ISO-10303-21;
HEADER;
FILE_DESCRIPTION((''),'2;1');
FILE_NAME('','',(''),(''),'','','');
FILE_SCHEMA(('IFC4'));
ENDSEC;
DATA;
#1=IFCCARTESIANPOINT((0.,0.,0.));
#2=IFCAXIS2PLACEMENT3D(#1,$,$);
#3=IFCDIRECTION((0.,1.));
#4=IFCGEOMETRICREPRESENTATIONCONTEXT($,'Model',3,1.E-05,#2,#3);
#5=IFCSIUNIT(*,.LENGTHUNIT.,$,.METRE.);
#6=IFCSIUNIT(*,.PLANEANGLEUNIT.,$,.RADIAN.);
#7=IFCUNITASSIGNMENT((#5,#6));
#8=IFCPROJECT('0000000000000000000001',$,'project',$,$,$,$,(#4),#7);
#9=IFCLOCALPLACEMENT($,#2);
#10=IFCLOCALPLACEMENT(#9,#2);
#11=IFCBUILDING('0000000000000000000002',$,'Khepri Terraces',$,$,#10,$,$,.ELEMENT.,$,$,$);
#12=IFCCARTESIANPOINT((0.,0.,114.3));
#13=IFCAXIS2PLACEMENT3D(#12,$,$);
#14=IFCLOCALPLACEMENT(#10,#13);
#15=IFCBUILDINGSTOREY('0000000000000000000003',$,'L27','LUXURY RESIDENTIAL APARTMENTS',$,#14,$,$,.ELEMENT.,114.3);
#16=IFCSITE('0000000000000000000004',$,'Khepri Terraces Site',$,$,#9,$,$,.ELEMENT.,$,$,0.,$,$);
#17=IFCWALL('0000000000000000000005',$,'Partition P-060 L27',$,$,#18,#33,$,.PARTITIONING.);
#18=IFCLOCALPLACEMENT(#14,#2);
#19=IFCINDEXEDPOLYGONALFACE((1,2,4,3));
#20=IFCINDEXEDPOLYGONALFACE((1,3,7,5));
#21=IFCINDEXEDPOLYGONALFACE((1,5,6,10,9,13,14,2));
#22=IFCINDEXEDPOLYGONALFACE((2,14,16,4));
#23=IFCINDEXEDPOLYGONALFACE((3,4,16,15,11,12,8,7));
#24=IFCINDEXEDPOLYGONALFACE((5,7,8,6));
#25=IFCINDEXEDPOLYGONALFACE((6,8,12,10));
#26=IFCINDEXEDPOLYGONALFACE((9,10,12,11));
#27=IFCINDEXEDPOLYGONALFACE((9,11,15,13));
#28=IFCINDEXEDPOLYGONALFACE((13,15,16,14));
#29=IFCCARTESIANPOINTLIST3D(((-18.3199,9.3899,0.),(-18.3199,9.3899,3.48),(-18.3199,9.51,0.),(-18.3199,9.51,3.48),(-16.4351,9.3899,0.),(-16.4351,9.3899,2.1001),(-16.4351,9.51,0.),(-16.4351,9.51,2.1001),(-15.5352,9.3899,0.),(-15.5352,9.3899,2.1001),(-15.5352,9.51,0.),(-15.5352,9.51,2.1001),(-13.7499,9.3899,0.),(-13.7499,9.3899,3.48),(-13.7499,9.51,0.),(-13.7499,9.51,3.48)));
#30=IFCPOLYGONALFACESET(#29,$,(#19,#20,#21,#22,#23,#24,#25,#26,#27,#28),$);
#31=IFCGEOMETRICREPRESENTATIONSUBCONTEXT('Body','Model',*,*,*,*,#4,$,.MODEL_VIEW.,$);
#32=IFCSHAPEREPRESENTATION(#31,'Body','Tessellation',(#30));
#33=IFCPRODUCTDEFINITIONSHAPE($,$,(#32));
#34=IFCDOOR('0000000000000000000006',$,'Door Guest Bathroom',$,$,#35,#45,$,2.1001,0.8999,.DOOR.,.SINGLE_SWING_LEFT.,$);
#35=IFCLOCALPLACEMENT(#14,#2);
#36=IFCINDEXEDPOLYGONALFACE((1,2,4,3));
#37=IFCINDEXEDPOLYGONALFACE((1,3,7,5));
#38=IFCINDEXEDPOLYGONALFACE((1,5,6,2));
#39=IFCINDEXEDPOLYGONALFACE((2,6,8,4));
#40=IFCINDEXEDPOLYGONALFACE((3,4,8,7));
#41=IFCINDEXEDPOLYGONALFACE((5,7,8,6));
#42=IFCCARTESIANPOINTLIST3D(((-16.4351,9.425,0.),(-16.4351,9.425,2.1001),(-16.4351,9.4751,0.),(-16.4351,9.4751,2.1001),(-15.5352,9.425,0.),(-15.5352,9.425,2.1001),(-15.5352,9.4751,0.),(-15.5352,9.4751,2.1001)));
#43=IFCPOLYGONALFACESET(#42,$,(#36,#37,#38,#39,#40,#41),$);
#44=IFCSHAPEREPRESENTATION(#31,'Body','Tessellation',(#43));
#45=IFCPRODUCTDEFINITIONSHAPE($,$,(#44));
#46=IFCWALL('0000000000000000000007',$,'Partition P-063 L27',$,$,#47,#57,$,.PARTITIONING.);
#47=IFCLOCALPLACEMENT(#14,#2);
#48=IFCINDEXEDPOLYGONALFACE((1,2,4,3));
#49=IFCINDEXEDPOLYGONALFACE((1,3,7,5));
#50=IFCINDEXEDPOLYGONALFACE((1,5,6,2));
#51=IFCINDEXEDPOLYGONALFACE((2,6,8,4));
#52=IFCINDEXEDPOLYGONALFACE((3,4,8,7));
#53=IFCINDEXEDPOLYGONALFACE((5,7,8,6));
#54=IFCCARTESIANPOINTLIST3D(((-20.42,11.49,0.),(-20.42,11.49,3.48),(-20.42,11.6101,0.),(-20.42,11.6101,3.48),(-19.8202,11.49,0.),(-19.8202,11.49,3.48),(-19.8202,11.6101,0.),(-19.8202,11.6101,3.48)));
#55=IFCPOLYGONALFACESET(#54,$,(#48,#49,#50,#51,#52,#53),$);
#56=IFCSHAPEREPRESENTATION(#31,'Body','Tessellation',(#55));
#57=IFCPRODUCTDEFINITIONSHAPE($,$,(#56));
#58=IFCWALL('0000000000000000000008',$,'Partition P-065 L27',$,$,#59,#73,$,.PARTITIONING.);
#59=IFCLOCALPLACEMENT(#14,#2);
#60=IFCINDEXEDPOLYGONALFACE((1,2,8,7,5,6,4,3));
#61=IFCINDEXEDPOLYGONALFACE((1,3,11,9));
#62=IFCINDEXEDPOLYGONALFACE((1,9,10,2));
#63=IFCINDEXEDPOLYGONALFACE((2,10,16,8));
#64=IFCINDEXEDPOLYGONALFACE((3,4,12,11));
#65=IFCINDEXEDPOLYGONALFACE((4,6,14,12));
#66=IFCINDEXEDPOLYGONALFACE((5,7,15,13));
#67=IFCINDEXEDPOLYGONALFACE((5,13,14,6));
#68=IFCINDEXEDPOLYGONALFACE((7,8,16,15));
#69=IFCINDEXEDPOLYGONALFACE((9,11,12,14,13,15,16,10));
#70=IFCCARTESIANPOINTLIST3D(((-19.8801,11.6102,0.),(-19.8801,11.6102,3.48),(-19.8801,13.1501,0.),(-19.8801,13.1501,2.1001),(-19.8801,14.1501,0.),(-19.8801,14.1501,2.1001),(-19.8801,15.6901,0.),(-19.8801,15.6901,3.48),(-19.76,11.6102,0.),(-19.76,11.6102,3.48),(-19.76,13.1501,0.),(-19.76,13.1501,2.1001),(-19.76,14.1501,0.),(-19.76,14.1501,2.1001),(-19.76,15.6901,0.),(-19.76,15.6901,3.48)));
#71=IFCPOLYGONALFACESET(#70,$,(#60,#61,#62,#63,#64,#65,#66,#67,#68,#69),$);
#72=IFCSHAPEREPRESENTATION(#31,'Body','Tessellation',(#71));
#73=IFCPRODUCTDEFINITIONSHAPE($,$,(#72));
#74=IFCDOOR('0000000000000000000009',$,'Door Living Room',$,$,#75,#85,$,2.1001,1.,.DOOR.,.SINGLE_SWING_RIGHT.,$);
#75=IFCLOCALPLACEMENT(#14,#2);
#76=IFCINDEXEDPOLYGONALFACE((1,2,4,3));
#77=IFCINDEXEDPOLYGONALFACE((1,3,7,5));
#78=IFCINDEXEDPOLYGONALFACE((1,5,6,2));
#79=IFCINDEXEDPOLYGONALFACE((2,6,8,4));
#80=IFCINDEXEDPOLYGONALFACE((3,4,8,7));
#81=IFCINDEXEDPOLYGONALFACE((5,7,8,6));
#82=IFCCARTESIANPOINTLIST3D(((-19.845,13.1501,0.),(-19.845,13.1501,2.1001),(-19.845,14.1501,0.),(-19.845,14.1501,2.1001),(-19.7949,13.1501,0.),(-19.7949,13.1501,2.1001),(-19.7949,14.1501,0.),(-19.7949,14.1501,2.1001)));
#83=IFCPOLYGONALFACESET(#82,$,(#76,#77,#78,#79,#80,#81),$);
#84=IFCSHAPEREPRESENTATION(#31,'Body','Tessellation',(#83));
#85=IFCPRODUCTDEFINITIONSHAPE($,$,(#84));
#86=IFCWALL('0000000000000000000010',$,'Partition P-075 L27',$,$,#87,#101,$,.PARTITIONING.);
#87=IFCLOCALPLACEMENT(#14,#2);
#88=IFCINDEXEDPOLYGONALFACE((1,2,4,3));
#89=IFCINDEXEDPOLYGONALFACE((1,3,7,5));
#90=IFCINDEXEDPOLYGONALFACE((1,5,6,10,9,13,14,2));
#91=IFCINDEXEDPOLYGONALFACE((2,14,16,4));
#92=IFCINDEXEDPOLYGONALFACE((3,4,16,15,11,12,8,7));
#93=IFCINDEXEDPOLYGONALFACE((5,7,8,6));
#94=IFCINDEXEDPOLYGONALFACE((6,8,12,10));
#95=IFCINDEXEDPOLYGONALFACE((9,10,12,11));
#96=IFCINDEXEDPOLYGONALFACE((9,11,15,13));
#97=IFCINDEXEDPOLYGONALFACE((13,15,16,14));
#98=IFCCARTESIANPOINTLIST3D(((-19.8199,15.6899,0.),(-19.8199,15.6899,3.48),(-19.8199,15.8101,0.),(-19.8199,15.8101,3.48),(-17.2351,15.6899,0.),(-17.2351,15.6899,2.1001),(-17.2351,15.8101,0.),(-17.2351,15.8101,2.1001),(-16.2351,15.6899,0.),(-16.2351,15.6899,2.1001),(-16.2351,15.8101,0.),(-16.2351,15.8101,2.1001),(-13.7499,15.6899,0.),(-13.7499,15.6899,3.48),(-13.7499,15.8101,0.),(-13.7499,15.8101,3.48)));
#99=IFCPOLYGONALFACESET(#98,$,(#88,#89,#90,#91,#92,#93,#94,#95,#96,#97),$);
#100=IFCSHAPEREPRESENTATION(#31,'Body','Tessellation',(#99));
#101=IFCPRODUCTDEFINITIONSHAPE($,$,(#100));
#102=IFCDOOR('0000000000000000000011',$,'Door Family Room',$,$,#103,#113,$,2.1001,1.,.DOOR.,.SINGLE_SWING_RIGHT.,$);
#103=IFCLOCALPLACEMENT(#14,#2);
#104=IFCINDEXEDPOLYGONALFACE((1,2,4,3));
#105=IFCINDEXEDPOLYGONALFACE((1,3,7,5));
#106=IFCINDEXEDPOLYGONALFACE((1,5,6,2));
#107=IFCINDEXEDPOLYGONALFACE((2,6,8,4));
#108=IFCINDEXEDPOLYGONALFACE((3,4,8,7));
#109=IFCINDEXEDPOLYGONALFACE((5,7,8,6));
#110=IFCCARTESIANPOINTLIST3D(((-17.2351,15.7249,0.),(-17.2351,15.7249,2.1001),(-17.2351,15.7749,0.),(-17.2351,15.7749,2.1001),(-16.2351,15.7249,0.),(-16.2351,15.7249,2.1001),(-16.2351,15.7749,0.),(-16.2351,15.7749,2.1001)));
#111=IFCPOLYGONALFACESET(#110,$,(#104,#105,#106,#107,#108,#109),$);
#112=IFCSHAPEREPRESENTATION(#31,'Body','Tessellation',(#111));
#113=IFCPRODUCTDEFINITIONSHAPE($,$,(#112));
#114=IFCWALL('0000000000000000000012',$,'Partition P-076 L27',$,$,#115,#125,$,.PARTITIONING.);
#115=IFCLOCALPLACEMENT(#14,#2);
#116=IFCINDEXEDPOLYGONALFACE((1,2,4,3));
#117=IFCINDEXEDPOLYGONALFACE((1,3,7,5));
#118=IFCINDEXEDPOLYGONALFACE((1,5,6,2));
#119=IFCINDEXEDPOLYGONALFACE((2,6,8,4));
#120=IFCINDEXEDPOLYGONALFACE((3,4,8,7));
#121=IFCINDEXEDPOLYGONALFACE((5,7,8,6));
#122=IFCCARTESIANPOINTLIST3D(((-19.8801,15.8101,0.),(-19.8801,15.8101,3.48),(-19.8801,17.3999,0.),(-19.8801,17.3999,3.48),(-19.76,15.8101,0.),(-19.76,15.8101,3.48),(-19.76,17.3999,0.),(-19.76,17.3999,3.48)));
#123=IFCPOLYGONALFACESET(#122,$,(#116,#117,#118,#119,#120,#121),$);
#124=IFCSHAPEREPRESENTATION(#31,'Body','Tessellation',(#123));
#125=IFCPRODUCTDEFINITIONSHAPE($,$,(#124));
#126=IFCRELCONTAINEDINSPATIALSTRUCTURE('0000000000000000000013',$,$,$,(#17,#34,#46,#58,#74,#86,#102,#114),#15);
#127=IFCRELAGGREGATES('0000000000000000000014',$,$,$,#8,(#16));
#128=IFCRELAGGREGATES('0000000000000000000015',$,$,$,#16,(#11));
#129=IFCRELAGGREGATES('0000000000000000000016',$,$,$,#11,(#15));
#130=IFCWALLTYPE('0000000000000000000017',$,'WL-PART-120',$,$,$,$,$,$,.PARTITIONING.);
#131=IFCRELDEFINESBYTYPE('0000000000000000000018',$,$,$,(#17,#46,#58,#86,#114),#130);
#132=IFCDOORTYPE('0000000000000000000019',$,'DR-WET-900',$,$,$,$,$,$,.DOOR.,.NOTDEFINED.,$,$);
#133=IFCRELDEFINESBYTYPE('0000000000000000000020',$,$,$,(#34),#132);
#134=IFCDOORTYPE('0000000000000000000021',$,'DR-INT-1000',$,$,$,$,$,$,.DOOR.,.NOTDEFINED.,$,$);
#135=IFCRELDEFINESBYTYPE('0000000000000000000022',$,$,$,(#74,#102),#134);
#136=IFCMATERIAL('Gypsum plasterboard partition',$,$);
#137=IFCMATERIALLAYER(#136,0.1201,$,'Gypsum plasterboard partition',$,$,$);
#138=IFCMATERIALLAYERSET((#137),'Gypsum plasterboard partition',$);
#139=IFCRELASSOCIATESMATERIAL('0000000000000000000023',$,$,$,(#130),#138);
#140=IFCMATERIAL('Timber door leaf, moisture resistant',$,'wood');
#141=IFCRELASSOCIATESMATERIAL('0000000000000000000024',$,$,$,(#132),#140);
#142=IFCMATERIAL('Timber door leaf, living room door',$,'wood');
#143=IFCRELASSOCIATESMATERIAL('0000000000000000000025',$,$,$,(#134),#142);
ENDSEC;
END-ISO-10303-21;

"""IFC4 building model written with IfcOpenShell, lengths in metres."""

from ifc_helpers import new_model, si_unit, direction, frame, frame_2d, origin, place, context, subcontext, project, spatial, rectangle, extrude, material, layer, layer_set, type_object, element, fill, save


model = new_model("IFC4")

# Units and contexts
model_context = context("Model", 3, precision=1e-05, world=origin(), true_north=direction((0.0, 1.0)))
body_context = subcontext(model_context, "Body", "Model", "MODEL_VIEW")
ifc_project = project(units=[si_unit("LENGTHUNIT", "METRE"), si_unit("PLANEANGLEUNIT", "RADIAN")], contexts=[model_context])

# Site, building, storey
site_placement = place(None, origin())
site = spatial("IfcSite", under=ifc_project, at=site_placement, Name="Khepri Terraces Site", CompositionType="ELEMENT", RefElevation=0.0)
building_placement = place(site_placement, origin())
building = spatial("IfcBuilding", under=site, at=building_placement, Name="Khepri Terraces", CompositionType="ELEMENT")
storey_placement = place(building_placement, frame((0.0, 0.0, 114.3)))
storey = spatial("IfcBuildingStorey", under=building, at=storey_placement, Name="L27", Description="LUXURY RESIDENTIAL APARTMENTS", CompositionType="ELEMENT", Elevation=114.3)

# Shared definitions
ifc_material_1 = material(Name="Gypsum plasterboard partition")
ifc_layer_1 = layer(ifc_material_1, 0.1201, Name="Gypsum plasterboard partition")
ifc_layer_set_1 = layer_set([ifc_layer_1], Name="Gypsum plasterboard partition")
wall_type_1 = type_object("IfcWallType", Name="WL-PART-120", PredefinedType="PARTITIONING", material=ifc_layer_set_1)

# Wall, opening, door
wall_1_placement = place(storey_placement, frame((-18.3201, 9.45, 0.0), z_axis=(0.0, 0.0, 1.0), x_axis=(1.0, 0.0, 0.0)))
wall_1 = element("IfcWall", 1, at=wall_1_placement, inside=storey, type_object=wall_type_1, Name="Partition P-060 L27", PredefinedType="PARTITIONING", context=body_context, shape_type="SweptSolid", body=[
    extrude(rectangle(XDim=4.5701, YDim=0.1201, at=frame_2d((2.2852, 0.0))), origin(), (0.0, 0.0, 1.0), 3.48),
])
opening_1_placement = place(wall_1_placement, frame((1.885, 0.0, 0.0)))
opening_1 = element("IfcOpeningElement", 2, at=opening_1_placement, cuts=wall_1, PredefinedType="OPENING", context=body_context, shape_type="SweptSolid", body=[
    extrude(rectangle(XDim=0.8999, YDim=2.1001, at=frame_2d((0.45, 1.05))), frame((0.0, 0.0701, 0.0), z_axis=(0.0, -1.0, 0.0), x_axis=(1.0, 0.0, 0.0)), (0.0, 0.0, 1.0), 0.1401),
])
ifc_material_2 = material(Name="Timber door leaf, moisture resistant", Category="wood")
door_type_1 = type_object("IfcDoorType", Name="DR-WET-900", OperationType="NOTDEFINED", PredefinedType="DOOR", material=ifc_material_2)
door_1_placement = place(opening_1_placement, frame((0.8999, 0.0, 0.0), z_axis=(0.0, 0.0, 1.0), x_axis=(-1.0, 0.0, 0.0)))
door_1 = element("IfcDoor", 3, at=door_1_placement, inside=storey, type_object=door_type_1, Name="Door Guest Bathroom", OperationType="SINGLE_SWING_LEFT", OverallHeight=2.1001, OverallWidth=0.8999, PredefinedType="DOOR", context=body_context, shape_type="SweptSolid", body=[
    extrude(rectangle(XDim=0.8999, YDim=2.1001, at=frame_2d((0.45, 1.05))), frame((0.0, 0.0249, 0.0), z_axis=(0.0, -1.0, 0.0), x_axis=(1.0, 0.0, 0.0)), (0.0, 0.0, 1.0), 0.05),
])
fill(opening_1, door_1)

# Wall
wall_2_placement = place(storey_placement, frame((-20.4199, 11.55, 0.0), z_axis=(0.0, 0.0, 1.0), x_axis=(1.0, 0.0, 0.0)))
element("IfcWall", 4, at=wall_2_placement, inside=storey, type_object=wall_type_1, Name="Partition P-063 L27", PredefinedType="PARTITIONING", context=body_context, shape_type="SweptSolid", body=[
    extrude(rectangle(XDim=0.5999, YDim=0.1201, at=frame_2d((0.2998, 0.0))), origin(), (0.0, 0.0, 1.0), 3.48),
])

# Walls, openings, doors
wall_3_placement = place(storey_placement, frame((-19.8201, 11.6101, 0.0), z_axis=(0.0, 0.0, 1.0), x_axis=(0.0, 1.0, 0.0)))
wall_3 = element("IfcWall", 5, at=wall_3_placement, inside=storey, type_object=wall_type_1, Name="Partition P-065 L27", PredefinedType="PARTITIONING", context=body_context, shape_type="SweptSolid", body=[
    extrude(rectangle(XDim=4.0798, YDim=0.1201, at=frame_2d((2.04, 0.0))), origin(), (0.0, 0.0, 1.0), 3.48),
])
opening_2_placement = place(wall_3_placement, frame((1.54, 0.0, 0.0)))
opening_2 = element("IfcOpeningElement", 6, at=opening_2_placement, cuts=wall_3, PredefinedType="OPENING", context=body_context, shape_type="SweptSolid", body=[
    extrude(rectangle(XDim=1.0, YDim=2.1001, at=frame_2d((0.5, 1.05))), frame((0.0, 0.0701, 0.0), z_axis=(0.0, -1.0, 0.0), x_axis=(1.0, 0.0, 0.0)), (0.0, 0.0, 1.0), 0.1401),
])
ifc_material_3 = material(Name="Timber door leaf, living room door", Category="wood")
door_type_2 = type_object("IfcDoorType", Name="DR-INT-1000", OperationType="NOTDEFINED", PredefinedType="DOOR", material=ifc_material_3)
door_2_placement = place(opening_2_placement, origin())
door_2 = element("IfcDoor", 7, at=door_2_placement, inside=storey, type_object=door_type_2, Name="Door Living Room", OperationType="SINGLE_SWING_RIGHT", OverallHeight=2.1001, OverallWidth=1.0, PredefinedType="DOOR", context=body_context, shape_type="SweptSolid", body=[
    extrude(rectangle(XDim=1.0, YDim=2.1001, at=frame_2d((0.5, 1.05))), frame((0.0, 0.0249, 0.0), z_axis=(0.0, -1.0, 0.0), x_axis=(1.0, 0.0, 0.0)), (0.0, 0.0, 1.0), 0.05),
])
fill(opening_2, door_2)
wall_4_placement = place(storey_placement, frame((-19.8201, 15.75, 0.0), z_axis=(0.0, 0.0, 1.0), x_axis=(1.0, 0.0, 0.0)))
wall_4 = element("IfcWall", 8, at=wall_4_placement, inside=storey, type_object=wall_type_1, Name="Partition P-075 L27", PredefinedType="PARTITIONING", context=body_context, shape_type="SweptSolid", body=[
    extrude(rectangle(XDim=6.0701, YDim=0.1201, at=frame_2d((3.0352, 0.0))), origin(), (0.0, 0.0, 1.0), 3.48),
])
opening_3_placement = place(wall_4_placement, frame((2.585, 0.0, 0.0)))
opening_3 = element("IfcOpeningElement", 9, at=opening_3_placement, cuts=wall_4, PredefinedType="OPENING", context=body_context, shape_type="SweptSolid", body=[
    extrude(rectangle(XDim=1.0, YDim=2.1001, at=frame_2d((0.5, 1.05))), frame((0.0, 0.0701, 0.0), z_axis=(0.0, -1.0, 0.0), x_axis=(1.0, 0.0, 0.0)), (0.0, 0.0, 1.0), 0.1401),
])
door_3_placement = place(opening_3_placement, origin())
door_3 = element("IfcDoor", 10, at=door_3_placement, inside=storey, type_object=door_type_2, Name="Door Family Room", OperationType="SINGLE_SWING_RIGHT", OverallHeight=2.1001, OverallWidth=1.0, PredefinedType="DOOR", context=body_context, shape_type="SweptSolid", body=[
    extrude(rectangle(XDim=1.0, YDim=2.1001, at=frame_2d((0.5, 1.05))), frame((0.0, 0.0249, 0.0), z_axis=(0.0, -1.0, 0.0), x_axis=(1.0, 0.0, 0.0)), (0.0, 0.0, 1.0), 0.05),
])
fill(opening_3, door_3)

# Wall
wall_5_placement = place(storey_placement, frame((-19.8201, 15.8101, 0.0), z_axis=(0.0, 0.0, 1.0), x_axis=(0.0, 1.0, 0.0)))
element("IfcWall", 11, at=wall_5_placement, inside=storey, type_object=wall_type_1, Name="Partition P-076 L27", PredefinedType="PARTITIONING", context=body_context, shape_type="SweptSolid", body=[
    extrude(rectangle(XDim=1.5898, YDim=0.1201, at=frame_2d((0.7949, 0.0))), origin(), (0.0, 0.0, 1.0), 3.48),
])

save(model, "model.ifc")
